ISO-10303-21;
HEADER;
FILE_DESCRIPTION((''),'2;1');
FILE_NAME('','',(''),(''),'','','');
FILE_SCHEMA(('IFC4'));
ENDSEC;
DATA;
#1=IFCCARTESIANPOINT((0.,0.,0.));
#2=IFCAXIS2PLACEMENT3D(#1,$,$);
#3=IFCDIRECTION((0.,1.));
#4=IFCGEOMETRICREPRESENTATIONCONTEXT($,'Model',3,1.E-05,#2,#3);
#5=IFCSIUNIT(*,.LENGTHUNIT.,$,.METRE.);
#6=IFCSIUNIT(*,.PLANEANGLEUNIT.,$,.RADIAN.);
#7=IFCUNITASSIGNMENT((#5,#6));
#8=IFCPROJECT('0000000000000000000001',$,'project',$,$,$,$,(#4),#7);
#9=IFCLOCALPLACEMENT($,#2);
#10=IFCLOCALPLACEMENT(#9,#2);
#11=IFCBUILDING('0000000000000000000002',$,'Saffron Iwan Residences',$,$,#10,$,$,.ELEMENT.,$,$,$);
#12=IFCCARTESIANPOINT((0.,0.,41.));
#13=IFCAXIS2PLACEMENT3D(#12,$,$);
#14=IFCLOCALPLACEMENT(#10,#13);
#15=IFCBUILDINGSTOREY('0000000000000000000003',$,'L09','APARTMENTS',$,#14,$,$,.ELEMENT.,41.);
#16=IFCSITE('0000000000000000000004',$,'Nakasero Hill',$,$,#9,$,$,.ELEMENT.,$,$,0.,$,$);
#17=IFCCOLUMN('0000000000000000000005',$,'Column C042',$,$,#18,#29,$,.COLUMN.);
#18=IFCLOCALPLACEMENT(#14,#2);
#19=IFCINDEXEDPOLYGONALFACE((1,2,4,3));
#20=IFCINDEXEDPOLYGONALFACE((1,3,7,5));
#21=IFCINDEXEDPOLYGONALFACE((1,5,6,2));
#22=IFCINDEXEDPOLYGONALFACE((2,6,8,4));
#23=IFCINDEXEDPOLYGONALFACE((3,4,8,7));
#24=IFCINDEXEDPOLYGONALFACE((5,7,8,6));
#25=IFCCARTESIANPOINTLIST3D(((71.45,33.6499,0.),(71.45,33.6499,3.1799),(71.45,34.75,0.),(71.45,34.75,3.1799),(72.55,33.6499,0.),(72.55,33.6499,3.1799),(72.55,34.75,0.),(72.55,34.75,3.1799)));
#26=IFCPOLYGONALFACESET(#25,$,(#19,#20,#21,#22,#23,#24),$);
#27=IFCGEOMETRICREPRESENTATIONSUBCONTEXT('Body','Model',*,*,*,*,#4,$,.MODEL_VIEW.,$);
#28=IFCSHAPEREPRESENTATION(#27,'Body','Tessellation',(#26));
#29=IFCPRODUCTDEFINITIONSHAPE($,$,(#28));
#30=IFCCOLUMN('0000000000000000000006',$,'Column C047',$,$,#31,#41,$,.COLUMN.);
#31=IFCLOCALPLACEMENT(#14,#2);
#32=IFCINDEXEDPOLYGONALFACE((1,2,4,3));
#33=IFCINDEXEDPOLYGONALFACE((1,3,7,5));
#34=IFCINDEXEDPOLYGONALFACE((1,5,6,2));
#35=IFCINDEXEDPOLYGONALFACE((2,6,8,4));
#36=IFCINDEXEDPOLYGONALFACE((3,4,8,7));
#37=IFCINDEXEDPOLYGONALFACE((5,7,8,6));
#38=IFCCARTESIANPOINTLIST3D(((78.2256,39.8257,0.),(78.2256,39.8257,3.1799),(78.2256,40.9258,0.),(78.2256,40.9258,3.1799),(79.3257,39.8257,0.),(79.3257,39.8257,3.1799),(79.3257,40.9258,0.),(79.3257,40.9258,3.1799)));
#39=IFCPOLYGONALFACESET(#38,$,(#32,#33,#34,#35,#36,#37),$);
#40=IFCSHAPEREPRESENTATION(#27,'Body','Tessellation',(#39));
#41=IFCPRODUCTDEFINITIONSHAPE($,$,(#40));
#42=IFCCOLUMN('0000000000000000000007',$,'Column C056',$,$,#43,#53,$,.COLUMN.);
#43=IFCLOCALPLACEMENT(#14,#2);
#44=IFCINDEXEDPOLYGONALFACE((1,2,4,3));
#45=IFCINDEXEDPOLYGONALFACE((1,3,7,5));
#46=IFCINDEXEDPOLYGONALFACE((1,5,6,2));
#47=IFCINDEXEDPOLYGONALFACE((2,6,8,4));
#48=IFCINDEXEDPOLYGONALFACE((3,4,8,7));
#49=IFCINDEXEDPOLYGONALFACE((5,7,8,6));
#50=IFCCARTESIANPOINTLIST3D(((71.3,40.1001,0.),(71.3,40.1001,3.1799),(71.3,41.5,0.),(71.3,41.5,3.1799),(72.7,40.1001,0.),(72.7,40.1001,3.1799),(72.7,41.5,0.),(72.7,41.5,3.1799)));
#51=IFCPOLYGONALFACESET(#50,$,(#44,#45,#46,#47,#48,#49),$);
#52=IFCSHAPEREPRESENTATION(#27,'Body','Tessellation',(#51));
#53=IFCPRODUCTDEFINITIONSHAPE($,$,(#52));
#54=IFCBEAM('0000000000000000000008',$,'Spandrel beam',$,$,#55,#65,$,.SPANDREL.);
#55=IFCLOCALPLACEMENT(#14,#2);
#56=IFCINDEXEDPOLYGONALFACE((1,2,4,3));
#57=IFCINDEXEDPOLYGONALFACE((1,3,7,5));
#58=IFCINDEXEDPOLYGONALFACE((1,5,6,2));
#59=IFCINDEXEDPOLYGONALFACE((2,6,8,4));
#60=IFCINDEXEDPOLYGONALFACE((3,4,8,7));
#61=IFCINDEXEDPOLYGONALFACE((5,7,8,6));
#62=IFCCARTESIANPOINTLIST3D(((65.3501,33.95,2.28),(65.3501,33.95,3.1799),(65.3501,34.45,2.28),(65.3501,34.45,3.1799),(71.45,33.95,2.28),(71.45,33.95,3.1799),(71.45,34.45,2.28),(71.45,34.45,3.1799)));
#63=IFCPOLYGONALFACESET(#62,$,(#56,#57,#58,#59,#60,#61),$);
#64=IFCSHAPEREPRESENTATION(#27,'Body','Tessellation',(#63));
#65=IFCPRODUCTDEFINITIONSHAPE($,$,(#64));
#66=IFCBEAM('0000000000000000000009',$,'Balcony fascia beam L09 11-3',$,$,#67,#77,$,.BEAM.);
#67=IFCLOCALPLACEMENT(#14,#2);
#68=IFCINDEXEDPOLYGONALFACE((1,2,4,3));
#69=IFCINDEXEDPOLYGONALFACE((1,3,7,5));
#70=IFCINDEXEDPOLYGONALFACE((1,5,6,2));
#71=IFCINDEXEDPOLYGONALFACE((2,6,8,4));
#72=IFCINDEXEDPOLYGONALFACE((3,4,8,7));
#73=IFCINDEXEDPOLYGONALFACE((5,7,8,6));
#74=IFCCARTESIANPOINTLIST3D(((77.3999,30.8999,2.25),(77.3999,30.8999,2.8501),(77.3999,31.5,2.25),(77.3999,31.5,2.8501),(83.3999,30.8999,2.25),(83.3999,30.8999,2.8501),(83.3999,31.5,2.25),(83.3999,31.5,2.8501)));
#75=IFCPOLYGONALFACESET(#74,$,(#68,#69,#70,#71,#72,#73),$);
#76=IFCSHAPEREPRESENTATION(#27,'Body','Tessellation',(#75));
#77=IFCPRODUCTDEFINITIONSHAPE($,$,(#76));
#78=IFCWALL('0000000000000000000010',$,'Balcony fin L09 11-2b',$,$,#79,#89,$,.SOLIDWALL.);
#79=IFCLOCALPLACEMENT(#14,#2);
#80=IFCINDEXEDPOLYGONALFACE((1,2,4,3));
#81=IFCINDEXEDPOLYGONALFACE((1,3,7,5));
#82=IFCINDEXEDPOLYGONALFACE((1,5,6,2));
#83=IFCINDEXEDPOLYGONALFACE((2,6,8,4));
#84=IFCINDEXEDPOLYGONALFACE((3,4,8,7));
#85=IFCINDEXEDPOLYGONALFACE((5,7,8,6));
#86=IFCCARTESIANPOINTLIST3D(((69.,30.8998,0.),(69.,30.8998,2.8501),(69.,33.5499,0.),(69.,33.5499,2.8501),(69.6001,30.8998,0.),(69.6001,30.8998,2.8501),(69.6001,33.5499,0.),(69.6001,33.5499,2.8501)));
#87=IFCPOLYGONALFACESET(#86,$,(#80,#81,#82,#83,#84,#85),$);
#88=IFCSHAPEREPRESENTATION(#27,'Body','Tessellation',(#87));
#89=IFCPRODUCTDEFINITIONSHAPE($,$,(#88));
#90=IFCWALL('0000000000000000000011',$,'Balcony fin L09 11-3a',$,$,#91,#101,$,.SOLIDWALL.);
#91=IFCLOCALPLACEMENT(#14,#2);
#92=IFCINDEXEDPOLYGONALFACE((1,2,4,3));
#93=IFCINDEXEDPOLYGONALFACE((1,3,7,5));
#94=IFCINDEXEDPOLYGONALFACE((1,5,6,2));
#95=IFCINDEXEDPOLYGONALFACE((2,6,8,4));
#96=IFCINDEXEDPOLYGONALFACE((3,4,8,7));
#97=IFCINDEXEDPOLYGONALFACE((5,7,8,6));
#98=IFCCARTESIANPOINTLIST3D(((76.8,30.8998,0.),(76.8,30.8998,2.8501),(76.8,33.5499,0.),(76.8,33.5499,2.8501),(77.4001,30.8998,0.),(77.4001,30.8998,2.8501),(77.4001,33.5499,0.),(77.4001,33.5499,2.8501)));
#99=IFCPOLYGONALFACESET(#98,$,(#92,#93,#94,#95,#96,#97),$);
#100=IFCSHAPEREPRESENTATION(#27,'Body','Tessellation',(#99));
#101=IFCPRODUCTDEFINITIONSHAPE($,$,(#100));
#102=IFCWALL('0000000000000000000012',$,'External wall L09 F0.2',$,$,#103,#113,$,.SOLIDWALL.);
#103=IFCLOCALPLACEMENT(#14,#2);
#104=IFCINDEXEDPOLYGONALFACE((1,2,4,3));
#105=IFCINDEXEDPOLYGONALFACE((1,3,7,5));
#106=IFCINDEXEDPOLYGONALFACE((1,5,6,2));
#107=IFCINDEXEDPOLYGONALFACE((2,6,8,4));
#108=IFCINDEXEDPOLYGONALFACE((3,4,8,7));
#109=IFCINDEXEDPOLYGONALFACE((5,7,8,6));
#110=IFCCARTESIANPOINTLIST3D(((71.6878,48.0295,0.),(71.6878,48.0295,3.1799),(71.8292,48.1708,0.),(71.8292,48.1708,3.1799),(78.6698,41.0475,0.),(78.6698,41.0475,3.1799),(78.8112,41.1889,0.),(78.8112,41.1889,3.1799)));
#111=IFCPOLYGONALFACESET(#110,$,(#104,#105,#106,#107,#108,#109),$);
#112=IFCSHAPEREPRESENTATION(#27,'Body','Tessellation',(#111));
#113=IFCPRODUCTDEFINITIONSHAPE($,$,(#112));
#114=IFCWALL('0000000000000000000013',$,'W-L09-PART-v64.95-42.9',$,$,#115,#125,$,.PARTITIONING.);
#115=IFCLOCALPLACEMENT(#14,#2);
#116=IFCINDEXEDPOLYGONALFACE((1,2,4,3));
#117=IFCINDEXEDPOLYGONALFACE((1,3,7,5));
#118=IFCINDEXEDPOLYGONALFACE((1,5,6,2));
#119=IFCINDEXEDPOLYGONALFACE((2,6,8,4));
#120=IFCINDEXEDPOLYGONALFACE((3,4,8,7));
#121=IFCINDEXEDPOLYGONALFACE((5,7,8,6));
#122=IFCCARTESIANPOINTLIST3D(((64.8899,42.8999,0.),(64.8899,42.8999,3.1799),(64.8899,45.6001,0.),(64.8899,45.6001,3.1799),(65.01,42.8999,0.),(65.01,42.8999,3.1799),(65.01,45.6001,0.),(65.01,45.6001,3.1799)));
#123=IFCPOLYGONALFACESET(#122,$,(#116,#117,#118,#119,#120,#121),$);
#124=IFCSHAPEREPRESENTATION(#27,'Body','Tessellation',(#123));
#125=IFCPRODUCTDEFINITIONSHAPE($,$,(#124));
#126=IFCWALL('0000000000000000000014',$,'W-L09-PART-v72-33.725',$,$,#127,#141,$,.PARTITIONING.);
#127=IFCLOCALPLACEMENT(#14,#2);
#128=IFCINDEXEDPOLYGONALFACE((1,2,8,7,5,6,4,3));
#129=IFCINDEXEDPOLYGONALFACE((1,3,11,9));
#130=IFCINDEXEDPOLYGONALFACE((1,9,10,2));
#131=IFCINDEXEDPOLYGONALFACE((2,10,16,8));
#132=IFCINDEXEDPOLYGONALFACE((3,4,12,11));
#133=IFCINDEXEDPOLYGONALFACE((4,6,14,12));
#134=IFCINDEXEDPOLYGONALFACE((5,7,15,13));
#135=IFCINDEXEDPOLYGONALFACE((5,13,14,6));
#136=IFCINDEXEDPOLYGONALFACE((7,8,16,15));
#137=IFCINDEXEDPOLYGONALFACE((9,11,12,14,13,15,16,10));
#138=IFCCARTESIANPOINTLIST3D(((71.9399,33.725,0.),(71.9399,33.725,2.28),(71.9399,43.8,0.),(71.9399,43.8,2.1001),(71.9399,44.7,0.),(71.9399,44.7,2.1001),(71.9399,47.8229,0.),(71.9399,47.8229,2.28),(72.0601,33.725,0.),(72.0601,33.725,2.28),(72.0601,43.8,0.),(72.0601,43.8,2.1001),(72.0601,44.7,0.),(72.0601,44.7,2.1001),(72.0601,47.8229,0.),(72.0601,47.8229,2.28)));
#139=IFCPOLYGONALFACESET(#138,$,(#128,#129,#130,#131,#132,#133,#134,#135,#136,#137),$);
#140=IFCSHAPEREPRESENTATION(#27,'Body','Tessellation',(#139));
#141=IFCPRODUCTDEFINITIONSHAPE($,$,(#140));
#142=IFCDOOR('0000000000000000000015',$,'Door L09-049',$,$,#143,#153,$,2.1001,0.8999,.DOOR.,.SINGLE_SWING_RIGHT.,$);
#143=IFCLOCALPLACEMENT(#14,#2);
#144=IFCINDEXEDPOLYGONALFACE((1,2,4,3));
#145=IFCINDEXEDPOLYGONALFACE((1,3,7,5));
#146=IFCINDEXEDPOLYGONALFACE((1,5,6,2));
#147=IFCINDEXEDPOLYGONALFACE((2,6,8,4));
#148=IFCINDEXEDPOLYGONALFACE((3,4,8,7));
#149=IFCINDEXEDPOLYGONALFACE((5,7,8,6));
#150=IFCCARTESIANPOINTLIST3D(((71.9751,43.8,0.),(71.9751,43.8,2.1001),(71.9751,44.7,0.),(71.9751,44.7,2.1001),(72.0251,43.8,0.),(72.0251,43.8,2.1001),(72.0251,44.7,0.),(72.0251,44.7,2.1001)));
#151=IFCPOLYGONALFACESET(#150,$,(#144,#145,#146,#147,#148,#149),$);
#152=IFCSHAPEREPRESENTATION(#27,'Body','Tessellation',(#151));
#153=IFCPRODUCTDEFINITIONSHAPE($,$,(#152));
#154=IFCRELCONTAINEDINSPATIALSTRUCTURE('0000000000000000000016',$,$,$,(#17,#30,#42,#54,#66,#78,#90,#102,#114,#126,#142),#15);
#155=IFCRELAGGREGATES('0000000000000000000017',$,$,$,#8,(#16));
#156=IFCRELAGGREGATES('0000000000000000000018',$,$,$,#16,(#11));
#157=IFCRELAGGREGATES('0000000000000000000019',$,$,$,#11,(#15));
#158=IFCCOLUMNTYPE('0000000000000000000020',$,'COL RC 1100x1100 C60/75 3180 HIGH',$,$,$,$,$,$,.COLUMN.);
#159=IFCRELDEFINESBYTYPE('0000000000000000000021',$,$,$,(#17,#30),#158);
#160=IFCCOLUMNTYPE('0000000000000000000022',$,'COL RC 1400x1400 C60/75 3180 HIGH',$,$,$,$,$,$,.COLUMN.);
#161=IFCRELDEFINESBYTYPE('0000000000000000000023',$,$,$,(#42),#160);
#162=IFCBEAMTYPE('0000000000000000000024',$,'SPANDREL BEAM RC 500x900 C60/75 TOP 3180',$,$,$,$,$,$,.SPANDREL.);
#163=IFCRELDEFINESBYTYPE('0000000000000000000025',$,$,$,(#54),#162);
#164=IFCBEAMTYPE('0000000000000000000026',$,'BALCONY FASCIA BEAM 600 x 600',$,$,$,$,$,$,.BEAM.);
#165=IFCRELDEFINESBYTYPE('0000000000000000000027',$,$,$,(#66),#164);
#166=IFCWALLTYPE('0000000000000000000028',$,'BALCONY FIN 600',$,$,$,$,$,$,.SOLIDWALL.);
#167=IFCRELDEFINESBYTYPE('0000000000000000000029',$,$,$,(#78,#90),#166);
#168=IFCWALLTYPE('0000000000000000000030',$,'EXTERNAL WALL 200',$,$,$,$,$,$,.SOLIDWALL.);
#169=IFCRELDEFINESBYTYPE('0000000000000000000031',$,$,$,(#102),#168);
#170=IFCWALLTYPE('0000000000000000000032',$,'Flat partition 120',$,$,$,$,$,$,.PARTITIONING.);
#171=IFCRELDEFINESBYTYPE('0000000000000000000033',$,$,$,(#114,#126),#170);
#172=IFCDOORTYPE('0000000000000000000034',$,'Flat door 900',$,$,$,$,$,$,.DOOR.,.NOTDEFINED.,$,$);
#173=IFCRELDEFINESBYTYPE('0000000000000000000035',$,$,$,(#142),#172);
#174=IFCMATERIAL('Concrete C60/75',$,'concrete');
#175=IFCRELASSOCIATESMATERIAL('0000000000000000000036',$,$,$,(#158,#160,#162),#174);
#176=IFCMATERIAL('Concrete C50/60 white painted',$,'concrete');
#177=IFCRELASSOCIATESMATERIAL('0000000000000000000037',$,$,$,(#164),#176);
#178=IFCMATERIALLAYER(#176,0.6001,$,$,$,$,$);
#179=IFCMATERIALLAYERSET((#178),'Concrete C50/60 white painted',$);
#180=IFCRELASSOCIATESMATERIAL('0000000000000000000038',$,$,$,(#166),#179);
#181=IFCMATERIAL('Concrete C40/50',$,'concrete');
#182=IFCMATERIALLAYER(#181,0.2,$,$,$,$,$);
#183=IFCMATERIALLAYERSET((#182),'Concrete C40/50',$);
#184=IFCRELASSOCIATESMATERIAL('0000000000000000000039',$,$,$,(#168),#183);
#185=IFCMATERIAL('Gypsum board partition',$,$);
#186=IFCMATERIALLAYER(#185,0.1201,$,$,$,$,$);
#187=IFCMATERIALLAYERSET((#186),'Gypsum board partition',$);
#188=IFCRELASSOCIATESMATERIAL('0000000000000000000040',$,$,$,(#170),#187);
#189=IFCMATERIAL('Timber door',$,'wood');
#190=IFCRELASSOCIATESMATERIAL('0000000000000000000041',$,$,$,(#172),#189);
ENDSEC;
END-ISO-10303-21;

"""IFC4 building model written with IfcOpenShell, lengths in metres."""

from ifc_helpers import new_model, si_unit, direction, frame, frame_2d, origin, origin_2d, place, context, subcontext, project, spatial, rectangle, extrude, source, transform, mapped, material, layer, layer_set, material_profile, profile_set, type_object, element, fill, save


model = new_model("IFC4")

# Units and contexts
model_context = context("Model", 3, precision=1e-05, world=origin(), true_north=direction((0.0, 1.0)))
body_context = subcontext(model_context, "Body", "Model", "MODEL_VIEW")
ifc_project = project(units=[si_unit("LENGTHUNIT", "METRE"), si_unit("PLANEANGLEUNIT", "RADIAN")], contexts=[model_context])

# Site, building, storey
site_placement = place(None, origin())
site = spatial("IfcSite", under=ifc_project, at=site_placement, Name="Nakasero Hill", CompositionType="ELEMENT", RefElevation=0.0)
building_placement = place(site_placement, origin())
building = spatial("IfcBuilding", under=site, at=building_placement, Name="Saffron Iwan Residences", CompositionType="ELEMENT")
storey_placement = place(building_placement, frame((0.0, 0.0, 41.0)))
storey = spatial("IfcBuildingStorey", under=building, at=storey_placement, Name="L09", Description="APARTMENTS", CompositionType="ELEMENT", Elevation=41.0)

# Columns
ifc_material_1 = material(Name="Concrete C60/75", Category="concrete")
ifc_material_profile_1 = material_profile(ifc_material_1, rectangle(XDim=1.1001, YDim=1.1001, at=origin_2d()), Name="RC 1100x1100")
ifc_profile_set_1 = profile_set([ifc_material_profile_1], Name="Concrete C60/75")
column_type_1 = type_object("IfcColumnType", Name="COL RC 1100x1100 C60/75 3180 HIGH", PredefinedType="COLUMN", material=ifc_profile_set_1)
shared_shape_1 = source(origin(), body_context, "Body", "SweptSolid", [
    extrude(rectangle(XDim=1.1001, YDim=1.1001, at=origin_2d()), origin(), (0.0, 0.0, 1.0), 3.1799),
])
for number, where, z_axis, x_axis, name in (
    (1, (72.0, 34.2, 0.0), (0.0, 0.0, 1.0), (1.0, 0.0, 0.0), "Column C042"),
    (2, (78.7756, 40.3757, 0.0), (0.0, 0.0, 1.0), (1.0, 0.0, 0.0), "Column C047"),
):
    element("IfcColumn", number, at=place(storey_placement, frame(where, z_axis=z_axis, x_axis=x_axis)), inside=storey, type_object=column_type_1, Name=name, PredefinedType="COLUMN", context=body_context, shape_type="MappedRepresentation", body=[
        mapped(shared_shape_1, transform((0.0, 0.0, 0.0))),
    ])
ifc_material_profile_2 = material_profile(ifc_material_1, rectangle(XDim=1.3999, YDim=1.3999, at=origin_2d()), Name="RC 1400x1400")
ifc_profile_set_2 = profile_set([ifc_material_profile_2], Name="Concrete C60/75")
column_type_2 = type_object("IfcColumnType", Name="COL RC 1400x1400 C60/75 3180 HIGH", PredefinedType="COLUMN", material=ifc_profile_set_2)
shared_shape_2 = source(origin(), body_context, "Body", "SweptSolid", [
    extrude(rectangle(XDim=1.3999, YDim=1.3999, at=origin_2d()), origin(), (0.0, 0.0, 1.0), 3.1799),
])
column_placement = place(storey_placement, frame((72.0, 40.8, 0.0), z_axis=(0.0, 0.0, 1.0), x_axis=(1.0, 0.0, 0.0)))
element("IfcColumn", 3, at=column_placement, inside=storey, type_object=column_type_2, Name="Column C056", PredefinedType="COLUMN", context=body_context, shape_type="MappedRepresentation", body=[
    mapped(shared_shape_2, transform((0.0, 0.0, 0.0))),
])

# Beams
ifc_material_profile_3 = material_profile(ifc_material_1, rectangle(XDim=0.5, YDim=0.8999, at=origin_2d()), Name="RC 500x900")
ifc_profile_set_3 = profile_set([ifc_material_profile_3], Name="Concrete C60/75")
beam_type_1 = type_object("IfcBeamType", Name="SPANDREL BEAM RC 500x900 C60/75 TOP 3180", PredefinedType="SPANDREL", material=ifc_profile_set_3)
shared_shape_3 = source(origin(), body_context, "Body", "SweptSolid", [
    extrude(rectangle(XDim=0.5, YDim=0.8999, at=origin_2d()), origin(), (0.0, 0.0, 1.0), 6.0999),
])
beam_1_placement = place(storey_placement, frame((71.45, 34.2, 2.73), z_axis=(-1.0, 0.0, 0.0), x_axis=(0.0, -1.0, 0.0)))
element("IfcBeam", 4, at=beam_1_placement, inside=storey, type_object=beam_type_1, Name="Spandrel beam", PredefinedType="SPANDREL", context=body_context, shape_type="MappedRepresentation", body=[
    mapped(shared_shape_3, transform((0.0, 0.0, 0.0))),
])
ifc_material_2 = material(Name="Concrete C50/60 white painted", Category="concrete")
ifc_material_profile_4 = material_profile(ifc_material_2, rectangle(XDim=0.6001, YDim=0.6001, at=origin_2d()), Name="BALCONY FASCIA BEAM 600 x 600")
ifc_profile_set_4 = profile_set([ifc_material_profile_4], Name="Concrete C50/60 white painted")
beam_type_2 = type_object("IfcBeamType", Name="BALCONY FASCIA BEAM 600 x 600", PredefinedType="BEAM", material=ifc_profile_set_4)
shared_shape_4 = source(origin(), body_context, "Body", "SweptSolid", [
    extrude(rectangle(XDim=0.6001, YDim=0.6001, at=origin_2d()), origin(), (0.0, 0.0, 1.0), 6.0),
])
beam_2_placement = place(storey_placement, frame((77.3999, 31.2, 2.55), z_axis=(1.0, 0.0, 0.0), x_axis=(0.0, 1.0, 0.0)))
element("IfcBeam", 5, at=beam_2_placement, inside=storey, type_object=beam_type_2, Name="Balcony fascia beam L09 11-3", PredefinedType="BEAM", context=body_context, shape_type="MappedRepresentation", body=[
    mapped(shared_shape_4, transform((0.0, 0.0, 0.0))),
])

# Walls
ifc_layer_1 = layer(ifc_material_2, 0.6001)
ifc_layer_set_1 = layer_set([ifc_layer_1], Name="Concrete C50/60 white painted")
wall_type_1 = type_object("IfcWallType", Name="BALCONY FIN 600", PredefinedType="SOLIDWALL", material=ifc_layer_set_1)
for number, where, z_axis, x_axis, name in (
    (6, (69.3, 33.55, 0.0), (0.0, 0.0, 1.0), (0.0, -1.0, 0.0), "Balcony fin L09 11-2b"),
    (7, (77.1001, 33.55, 0.0), (0.0, 0.0, 1.0), (0.0, -1.0, 0.0), "Balcony fin L09 11-3a"),
):
    element("IfcWall", number, at=place(storey_placement, frame(where, z_axis=z_axis, x_axis=x_axis)), inside=storey, type_object=wall_type_1, Name=name, PredefinedType="SOLIDWALL", context=body_context, shape_type="SweptSolid", body=[
        extrude(rectangle(XDim=2.6501, YDim=0.6001, at=frame_2d((1.3252, 0.0))), origin(), (0.0, 0.0, 1.0), 2.8501),
    ])
ifc_material_3 = material(Name="Concrete C40/50", Category="concrete")
ifc_layer_2 = layer(ifc_material_3, 0.2)
ifc_layer_set_2 = layer_set([ifc_layer_2], Name="Concrete C40/50")
wall_type_2 = type_object("IfcWallType", Name="EXTERNAL WALL 200", PredefinedType="SOLIDWALL", material=ifc_layer_set_2)
wall_1_placement = place(storey_placement, frame((78.7405, 41.1182, 0.0), z_axis=(0.0, 0.0, 1.0), x_axis=(-0.707107, 0.707107, 0.0)))
element("IfcWall", 8, at=wall_1_placement, inside=storey, type_object=wall_type_2, Name="External wall L09 F0.2", PredefinedType="SOLIDWALL", context=body_context, shape_type="SweptSolid", body=[
    extrude(rectangle(XDim=9.874, YDim=0.2, at=frame_2d((4.937, 0.0))), origin(), (0.0, 0.0, 1.0), 3.1799),
])

# Wall
ifc_material_4 = material(Name="Gypsum board partition")
ifc_layer_3 = layer(ifc_material_4, 0.1201)
ifc_layer_set_3 = layer_set([ifc_layer_3], Name="Gypsum board partition")
wall_type_3 = type_object("IfcWallType", Name="Flat partition 120", PredefinedType="PARTITIONING", material=ifc_layer_set_3)
wall_2_placement = place(storey_placement, frame((64.95, 42.8999, 0.0), z_axis=(0.0, 0.0, 1.0), x_axis=(0.0, 1.0, 0.0)))
element("IfcWall", 9, at=wall_2_placement, inside=storey, type_object=wall_type_3, Name="W-L09-PART-v64.95-42.9", PredefinedType="PARTITIONING", context=body_context, shape_type="SweptSolid", body=[
    extrude(rectangle(XDim=2.7002, YDim=0.1201, at=frame_2d((1.3501, 0.0))), origin(), (0.0, 0.0, 1.0), 3.1799),
])

# Wall, opening, door
wall_3_placement = place(storey_placement, frame((72.0, 33.7251, 0.0), z_axis=(0.0, 0.0, 1.0), x_axis=(0.0, 1.0, 0.0)))
wall_3 = element("IfcWall", 10, at=wall_3_placement, inside=storey, type_object=wall_type_3, Name="W-L09-PART-v72-33.725", PredefinedType="PARTITIONING", context=body_context, shape_type="SweptSolid", body=[
    extrude(rectangle(XDim=14.0979, YDim=0.1201, at=frame_2d((7.0488, 0.0))), origin(), (0.0, 0.0, 1.0), 2.28),
])
opening_1_placement = place(wall_3_placement, frame((10.075, 0.0, 0.0)))
opening_1 = element("IfcOpeningElement", 11, at=opening_1_placement, cuts=wall_3, PredefinedType="OPENING", context=body_context, shape_type="SweptSolid", body=[
    extrude(rectangle(XDim=0.8999, YDim=2.1001, at=frame_2d((0.45, 1.05))), frame((0.0, 0.0701, 0.0), z_axis=(0.0, -1.0, 0.0), x_axis=(1.0, 0.0, 0.0)), (0.0, 0.0, 1.0), 0.1401),
])
ifc_material_5 = material(Name="Timber door", Category="wood")
door_type_1 = type_object("IfcDoorType", Name="Flat door 900", OperationType="NOTDEFINED", PredefinedType="DOOR", material=ifc_material_5)
door_1_placement = place(opening_1_placement, origin())
door_1 = element("IfcDoor", 12, at=door_1_placement, inside=storey, type_object=door_type_1, Name="Door L09-049", OperationType="SINGLE_SWING_RIGHT", OverallHeight=2.1001, OverallWidth=0.8999, PredefinedType="DOOR", context=body_context, shape_type="SweptSolid", body=[
    extrude(rectangle(XDim=0.8999, YDim=2.1001, at=frame_2d((0.45, 1.05))), frame((0.0, 0.0249, 0.0), z_axis=(0.0, -1.0, 0.0), x_axis=(1.0, 0.0, 0.0)), (0.0, 0.0, 1.0), 0.05),
])
fill(opening_1, door_1)

save(model, "model.ifc")
